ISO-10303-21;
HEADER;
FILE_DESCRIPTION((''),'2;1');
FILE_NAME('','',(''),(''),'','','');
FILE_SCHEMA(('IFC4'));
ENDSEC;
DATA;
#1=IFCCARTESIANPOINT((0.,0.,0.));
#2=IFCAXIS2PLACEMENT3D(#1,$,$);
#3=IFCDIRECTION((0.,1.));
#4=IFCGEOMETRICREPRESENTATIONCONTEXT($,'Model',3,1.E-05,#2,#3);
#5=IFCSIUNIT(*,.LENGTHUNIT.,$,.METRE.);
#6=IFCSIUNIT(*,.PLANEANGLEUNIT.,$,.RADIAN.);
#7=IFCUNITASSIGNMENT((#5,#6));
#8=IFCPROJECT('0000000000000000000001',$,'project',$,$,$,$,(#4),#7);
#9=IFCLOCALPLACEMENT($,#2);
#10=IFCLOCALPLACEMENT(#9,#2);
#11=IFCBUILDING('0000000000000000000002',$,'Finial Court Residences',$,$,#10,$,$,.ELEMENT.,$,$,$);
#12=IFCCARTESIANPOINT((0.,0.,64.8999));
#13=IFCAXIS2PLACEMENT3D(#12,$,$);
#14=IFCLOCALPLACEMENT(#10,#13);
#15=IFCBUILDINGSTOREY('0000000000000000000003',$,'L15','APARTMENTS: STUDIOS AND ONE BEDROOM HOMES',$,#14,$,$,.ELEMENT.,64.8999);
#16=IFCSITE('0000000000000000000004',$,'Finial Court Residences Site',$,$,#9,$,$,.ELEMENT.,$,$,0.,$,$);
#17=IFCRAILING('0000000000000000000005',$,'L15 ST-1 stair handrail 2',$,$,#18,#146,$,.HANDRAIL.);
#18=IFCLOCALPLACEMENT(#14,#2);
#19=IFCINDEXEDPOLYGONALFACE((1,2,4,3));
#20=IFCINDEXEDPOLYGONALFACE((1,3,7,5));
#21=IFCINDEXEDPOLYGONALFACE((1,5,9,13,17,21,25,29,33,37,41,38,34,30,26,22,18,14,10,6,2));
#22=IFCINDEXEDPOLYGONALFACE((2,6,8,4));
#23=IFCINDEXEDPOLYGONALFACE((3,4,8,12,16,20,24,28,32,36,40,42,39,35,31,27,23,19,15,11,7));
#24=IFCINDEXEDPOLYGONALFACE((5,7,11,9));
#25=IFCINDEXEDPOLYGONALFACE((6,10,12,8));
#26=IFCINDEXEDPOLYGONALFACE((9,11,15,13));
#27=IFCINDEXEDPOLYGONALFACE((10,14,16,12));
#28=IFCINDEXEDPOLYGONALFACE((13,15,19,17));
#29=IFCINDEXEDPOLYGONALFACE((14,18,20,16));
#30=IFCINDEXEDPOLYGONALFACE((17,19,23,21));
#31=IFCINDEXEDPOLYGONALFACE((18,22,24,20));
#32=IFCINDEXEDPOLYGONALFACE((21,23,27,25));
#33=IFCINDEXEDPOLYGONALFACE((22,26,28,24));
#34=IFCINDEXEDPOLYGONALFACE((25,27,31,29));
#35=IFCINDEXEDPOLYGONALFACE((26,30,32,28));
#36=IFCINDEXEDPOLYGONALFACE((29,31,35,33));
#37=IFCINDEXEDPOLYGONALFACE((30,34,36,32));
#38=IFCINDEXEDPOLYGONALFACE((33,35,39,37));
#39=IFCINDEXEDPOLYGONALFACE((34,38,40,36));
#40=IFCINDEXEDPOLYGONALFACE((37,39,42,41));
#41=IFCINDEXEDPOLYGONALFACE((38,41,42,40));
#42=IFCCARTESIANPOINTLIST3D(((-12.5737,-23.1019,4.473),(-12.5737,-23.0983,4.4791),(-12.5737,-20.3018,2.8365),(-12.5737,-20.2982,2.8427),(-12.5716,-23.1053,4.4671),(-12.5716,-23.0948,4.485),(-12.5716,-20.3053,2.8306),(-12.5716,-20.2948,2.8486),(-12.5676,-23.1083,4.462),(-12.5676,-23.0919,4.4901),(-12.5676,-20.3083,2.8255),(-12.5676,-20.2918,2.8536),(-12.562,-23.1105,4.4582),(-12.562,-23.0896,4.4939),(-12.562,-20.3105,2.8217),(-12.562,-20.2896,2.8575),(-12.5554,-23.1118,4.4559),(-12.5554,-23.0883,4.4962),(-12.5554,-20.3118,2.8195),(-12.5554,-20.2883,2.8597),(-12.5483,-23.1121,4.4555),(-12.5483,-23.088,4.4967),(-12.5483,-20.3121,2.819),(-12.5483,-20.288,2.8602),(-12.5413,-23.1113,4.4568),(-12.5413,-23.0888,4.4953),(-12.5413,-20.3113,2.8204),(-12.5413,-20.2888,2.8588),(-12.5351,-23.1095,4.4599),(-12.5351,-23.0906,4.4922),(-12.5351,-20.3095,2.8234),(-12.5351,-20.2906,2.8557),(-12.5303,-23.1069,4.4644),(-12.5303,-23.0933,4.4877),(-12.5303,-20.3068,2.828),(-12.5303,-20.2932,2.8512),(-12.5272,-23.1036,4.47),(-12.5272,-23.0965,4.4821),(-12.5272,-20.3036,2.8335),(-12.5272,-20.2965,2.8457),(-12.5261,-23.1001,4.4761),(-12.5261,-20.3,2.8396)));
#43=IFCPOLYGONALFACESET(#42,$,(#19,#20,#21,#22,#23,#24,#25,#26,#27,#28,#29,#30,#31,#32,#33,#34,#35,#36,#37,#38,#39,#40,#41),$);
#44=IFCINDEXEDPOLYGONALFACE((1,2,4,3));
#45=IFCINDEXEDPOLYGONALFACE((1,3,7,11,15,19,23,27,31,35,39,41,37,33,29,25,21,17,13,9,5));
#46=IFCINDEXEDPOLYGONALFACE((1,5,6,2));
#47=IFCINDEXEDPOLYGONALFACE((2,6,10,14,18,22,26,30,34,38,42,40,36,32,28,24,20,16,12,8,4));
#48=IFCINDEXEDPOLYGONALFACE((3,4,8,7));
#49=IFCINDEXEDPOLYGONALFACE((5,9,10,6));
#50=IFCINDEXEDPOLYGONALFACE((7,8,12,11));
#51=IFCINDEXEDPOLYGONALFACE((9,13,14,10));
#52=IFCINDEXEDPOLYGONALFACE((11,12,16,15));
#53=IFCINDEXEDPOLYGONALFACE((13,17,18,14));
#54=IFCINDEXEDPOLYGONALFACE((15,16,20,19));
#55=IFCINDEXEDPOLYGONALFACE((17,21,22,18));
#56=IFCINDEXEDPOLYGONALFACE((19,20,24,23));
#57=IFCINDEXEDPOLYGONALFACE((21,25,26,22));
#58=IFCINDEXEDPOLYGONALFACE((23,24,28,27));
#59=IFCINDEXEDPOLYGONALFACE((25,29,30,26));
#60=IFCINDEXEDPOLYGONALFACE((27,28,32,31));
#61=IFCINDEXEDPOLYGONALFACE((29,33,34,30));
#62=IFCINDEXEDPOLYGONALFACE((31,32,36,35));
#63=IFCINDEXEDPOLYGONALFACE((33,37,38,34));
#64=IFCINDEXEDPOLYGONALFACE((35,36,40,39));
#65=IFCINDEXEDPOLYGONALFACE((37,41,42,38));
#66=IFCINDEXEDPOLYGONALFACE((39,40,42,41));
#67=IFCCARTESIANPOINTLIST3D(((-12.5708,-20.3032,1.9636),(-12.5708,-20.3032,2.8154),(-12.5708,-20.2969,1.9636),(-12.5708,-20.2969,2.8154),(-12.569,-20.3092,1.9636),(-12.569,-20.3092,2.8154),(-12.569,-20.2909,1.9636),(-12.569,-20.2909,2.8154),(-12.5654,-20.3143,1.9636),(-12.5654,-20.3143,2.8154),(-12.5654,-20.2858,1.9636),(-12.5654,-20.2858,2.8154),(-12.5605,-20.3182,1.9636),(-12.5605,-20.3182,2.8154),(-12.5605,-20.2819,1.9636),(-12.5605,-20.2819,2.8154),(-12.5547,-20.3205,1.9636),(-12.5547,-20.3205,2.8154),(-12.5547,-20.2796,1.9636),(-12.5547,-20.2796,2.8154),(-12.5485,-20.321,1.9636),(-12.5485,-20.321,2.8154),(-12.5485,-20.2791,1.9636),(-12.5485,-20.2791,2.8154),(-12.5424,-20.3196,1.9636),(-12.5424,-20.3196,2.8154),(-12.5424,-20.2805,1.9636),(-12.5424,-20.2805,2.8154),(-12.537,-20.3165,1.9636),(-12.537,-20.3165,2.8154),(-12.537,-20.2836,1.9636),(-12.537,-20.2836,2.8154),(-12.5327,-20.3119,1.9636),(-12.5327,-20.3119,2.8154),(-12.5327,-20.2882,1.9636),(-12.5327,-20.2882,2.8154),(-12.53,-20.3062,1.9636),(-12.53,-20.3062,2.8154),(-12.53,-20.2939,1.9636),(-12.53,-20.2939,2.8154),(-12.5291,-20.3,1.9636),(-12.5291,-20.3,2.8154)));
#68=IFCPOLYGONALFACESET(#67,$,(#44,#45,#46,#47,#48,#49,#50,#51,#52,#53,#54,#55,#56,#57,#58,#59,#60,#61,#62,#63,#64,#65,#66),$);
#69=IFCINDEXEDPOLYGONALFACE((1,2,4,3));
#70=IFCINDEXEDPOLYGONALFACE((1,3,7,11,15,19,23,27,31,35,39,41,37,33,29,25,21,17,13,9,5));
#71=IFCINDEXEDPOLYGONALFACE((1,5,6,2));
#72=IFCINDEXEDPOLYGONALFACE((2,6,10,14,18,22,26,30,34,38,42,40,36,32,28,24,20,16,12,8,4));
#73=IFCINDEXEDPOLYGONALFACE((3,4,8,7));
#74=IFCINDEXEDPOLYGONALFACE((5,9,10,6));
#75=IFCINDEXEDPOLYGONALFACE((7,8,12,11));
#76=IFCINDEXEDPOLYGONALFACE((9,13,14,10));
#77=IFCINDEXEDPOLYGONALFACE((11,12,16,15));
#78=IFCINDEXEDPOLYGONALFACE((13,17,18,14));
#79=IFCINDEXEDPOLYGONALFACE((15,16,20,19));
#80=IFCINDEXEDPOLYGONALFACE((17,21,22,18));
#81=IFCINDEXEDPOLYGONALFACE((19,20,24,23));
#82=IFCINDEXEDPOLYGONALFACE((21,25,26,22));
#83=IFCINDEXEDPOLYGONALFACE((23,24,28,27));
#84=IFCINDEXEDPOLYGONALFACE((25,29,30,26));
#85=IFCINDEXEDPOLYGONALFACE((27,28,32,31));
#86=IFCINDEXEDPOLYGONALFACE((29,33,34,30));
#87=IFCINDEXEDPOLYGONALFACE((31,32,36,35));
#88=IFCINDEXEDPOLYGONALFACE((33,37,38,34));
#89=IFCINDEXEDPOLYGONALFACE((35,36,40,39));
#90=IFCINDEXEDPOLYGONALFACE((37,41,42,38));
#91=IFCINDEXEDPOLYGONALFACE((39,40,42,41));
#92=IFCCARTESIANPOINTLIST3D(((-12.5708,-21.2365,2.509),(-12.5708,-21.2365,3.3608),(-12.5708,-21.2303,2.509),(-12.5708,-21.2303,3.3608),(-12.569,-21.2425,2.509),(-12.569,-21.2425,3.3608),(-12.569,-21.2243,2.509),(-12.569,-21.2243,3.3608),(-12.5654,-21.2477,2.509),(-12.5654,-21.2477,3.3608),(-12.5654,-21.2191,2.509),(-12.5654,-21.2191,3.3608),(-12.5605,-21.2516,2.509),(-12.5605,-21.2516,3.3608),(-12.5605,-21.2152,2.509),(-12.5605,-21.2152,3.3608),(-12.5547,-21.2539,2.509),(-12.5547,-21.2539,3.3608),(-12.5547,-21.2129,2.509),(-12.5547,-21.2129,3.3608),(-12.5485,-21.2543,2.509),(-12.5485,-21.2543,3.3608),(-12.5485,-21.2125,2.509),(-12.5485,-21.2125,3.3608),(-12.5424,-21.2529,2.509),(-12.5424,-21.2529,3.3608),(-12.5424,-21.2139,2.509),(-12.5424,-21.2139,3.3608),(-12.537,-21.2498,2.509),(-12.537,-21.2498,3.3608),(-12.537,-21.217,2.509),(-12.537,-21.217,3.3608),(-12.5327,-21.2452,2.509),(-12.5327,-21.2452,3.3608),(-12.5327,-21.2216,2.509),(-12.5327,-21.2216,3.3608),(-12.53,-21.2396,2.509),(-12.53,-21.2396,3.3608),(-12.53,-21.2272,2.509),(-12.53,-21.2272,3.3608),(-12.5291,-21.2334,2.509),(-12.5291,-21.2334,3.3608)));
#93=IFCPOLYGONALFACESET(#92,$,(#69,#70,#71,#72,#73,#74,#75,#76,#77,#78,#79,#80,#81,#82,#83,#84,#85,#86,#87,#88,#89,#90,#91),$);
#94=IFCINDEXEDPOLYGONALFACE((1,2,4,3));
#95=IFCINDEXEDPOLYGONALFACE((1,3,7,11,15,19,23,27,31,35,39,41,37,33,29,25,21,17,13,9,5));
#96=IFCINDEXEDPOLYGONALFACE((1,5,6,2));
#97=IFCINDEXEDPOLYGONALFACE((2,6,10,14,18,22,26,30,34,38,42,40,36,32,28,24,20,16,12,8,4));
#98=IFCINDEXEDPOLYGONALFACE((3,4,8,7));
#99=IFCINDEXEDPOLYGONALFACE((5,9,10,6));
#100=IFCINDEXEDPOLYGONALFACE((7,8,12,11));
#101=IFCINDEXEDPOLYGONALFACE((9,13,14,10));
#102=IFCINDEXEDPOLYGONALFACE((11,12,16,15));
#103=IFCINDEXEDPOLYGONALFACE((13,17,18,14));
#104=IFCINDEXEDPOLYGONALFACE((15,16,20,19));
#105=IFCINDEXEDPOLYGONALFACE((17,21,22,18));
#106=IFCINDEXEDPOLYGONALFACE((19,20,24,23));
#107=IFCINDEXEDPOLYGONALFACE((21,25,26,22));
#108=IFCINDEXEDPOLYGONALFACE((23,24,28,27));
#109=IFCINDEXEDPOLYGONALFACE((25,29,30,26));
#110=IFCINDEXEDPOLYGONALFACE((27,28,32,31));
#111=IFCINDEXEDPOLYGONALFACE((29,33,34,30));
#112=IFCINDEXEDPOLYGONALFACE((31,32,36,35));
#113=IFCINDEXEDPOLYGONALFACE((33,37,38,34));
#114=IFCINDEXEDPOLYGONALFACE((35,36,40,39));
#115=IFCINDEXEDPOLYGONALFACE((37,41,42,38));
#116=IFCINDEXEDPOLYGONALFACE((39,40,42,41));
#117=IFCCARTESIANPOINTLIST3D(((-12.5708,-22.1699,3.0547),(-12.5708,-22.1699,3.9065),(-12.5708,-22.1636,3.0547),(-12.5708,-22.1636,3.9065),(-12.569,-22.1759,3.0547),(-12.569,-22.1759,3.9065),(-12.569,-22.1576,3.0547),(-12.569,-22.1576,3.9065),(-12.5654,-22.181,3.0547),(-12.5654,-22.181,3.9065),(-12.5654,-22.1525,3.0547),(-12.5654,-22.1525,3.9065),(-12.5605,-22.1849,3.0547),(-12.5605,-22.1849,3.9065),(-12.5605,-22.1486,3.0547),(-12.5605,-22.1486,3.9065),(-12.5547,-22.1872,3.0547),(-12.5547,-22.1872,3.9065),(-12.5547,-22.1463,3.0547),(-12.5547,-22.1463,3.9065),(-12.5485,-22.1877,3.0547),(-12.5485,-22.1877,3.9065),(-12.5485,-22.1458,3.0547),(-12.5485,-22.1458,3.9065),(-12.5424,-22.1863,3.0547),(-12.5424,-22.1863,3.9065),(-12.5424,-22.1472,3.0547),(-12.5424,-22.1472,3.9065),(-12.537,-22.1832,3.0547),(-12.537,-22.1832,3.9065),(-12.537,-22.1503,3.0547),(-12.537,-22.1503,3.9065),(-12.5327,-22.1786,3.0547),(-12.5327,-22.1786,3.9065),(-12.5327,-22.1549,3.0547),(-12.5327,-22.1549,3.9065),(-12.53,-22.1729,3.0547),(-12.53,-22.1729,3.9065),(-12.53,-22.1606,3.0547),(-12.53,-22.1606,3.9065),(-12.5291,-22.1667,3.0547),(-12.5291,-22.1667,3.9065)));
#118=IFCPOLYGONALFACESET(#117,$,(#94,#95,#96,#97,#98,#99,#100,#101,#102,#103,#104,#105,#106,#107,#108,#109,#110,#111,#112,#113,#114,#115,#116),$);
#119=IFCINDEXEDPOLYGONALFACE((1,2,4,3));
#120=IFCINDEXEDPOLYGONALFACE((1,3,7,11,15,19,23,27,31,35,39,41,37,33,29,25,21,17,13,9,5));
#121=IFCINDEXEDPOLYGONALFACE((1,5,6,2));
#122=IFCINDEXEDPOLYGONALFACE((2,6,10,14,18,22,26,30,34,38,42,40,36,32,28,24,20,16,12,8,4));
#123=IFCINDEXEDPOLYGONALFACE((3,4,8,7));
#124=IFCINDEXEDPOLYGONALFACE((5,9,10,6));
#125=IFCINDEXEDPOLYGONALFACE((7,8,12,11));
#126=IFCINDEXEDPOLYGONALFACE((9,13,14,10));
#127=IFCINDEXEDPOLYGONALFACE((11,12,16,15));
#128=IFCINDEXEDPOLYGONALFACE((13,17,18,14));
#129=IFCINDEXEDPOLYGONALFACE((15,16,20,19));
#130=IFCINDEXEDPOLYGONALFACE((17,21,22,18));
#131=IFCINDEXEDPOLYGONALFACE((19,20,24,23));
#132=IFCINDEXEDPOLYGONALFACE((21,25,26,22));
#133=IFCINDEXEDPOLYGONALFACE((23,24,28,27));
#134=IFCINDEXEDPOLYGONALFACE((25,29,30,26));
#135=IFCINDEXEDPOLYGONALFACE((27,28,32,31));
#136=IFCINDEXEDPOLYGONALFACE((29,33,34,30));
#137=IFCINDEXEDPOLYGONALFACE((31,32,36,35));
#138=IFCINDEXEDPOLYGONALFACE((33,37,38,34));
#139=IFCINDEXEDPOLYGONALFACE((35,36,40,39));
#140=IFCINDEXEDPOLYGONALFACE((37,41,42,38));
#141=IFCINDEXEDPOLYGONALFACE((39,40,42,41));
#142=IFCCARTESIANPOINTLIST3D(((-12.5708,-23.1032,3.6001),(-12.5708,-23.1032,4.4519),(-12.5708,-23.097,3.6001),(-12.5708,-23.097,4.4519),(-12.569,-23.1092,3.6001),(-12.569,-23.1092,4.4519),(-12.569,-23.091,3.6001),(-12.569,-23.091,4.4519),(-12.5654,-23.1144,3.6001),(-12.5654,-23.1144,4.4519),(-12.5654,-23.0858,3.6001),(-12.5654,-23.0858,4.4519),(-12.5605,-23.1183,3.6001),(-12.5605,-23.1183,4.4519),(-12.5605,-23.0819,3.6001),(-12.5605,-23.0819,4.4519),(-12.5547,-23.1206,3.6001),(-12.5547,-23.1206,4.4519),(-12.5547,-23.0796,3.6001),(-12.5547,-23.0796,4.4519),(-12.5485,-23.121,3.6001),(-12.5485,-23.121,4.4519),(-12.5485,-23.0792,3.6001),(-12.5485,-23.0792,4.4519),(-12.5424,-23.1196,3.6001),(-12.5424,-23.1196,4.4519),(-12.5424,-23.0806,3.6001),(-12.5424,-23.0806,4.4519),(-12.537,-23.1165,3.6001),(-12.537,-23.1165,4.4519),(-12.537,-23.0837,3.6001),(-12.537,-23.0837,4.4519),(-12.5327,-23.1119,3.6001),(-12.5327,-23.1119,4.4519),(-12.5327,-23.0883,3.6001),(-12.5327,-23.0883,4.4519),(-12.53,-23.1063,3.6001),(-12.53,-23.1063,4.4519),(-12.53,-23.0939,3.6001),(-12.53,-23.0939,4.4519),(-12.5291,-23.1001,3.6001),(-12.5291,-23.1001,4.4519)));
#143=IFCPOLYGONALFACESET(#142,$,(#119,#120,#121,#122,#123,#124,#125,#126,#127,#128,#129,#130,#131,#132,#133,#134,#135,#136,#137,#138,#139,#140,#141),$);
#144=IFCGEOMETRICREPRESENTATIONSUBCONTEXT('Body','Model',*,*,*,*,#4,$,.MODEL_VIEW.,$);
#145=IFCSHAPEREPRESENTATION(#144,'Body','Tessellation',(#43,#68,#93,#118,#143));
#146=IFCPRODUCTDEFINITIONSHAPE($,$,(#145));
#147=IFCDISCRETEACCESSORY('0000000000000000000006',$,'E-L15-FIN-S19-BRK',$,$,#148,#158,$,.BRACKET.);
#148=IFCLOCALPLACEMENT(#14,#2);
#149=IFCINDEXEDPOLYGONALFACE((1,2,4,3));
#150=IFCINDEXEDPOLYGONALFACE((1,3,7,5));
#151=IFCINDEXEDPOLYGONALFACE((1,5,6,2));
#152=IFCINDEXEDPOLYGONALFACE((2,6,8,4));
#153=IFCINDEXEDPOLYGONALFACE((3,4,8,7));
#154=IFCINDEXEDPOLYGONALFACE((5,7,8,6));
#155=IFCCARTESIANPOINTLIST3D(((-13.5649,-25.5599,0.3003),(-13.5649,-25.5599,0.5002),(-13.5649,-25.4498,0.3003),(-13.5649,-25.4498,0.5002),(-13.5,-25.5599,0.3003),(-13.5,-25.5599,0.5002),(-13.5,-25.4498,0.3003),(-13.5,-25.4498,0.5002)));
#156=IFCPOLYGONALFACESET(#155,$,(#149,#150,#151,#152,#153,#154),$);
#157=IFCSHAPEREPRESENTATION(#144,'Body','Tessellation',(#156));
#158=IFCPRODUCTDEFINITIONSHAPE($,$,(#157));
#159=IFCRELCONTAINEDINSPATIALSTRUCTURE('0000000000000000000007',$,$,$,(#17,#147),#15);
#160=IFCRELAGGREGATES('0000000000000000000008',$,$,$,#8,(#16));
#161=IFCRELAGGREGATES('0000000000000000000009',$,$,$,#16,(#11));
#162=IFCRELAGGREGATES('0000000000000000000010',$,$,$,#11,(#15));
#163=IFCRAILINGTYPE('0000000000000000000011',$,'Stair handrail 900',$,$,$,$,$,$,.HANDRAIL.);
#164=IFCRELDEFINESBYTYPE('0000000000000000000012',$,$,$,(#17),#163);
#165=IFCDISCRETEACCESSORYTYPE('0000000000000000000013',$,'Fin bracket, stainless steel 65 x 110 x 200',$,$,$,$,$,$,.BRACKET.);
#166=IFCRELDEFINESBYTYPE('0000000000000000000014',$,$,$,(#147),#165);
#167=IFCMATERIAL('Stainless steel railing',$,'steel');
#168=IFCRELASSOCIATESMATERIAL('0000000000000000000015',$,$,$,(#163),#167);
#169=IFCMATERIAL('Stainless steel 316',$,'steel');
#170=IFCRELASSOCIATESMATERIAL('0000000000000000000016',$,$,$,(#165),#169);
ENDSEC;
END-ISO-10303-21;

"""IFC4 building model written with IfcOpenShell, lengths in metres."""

from ifc_helpers import new_model, si_unit, direction, frame, origin, origin_2d, place, context, subcontext, project, spatial, rectangle, circle, extrude, material, type_object, element, save


model = new_model("IFC4")

# Units and contexts
model_context = context("Model", 3, precision=1e-05, world=origin(), true_north=direction((0.0, 1.0)))
body_context = subcontext(model_context, "Body", "Model", "MODEL_VIEW")
ifc_project = project(units=[si_unit("LENGTHUNIT", "METRE"), si_unit("PLANEANGLEUNIT", "RADIAN")], contexts=[model_context])

# Site, building, storey
site_placement = place(None, origin())
site = spatial("IfcSite", under=ifc_project, at=site_placement, Name="Finial Court Residences Site", CompositionType="ELEMENT", RefElevation=0.0)
building_placement = place(site_placement, origin())
building = spatial("IfcBuilding", under=site, at=building_placement, Name="Finial Court Residences", CompositionType="ELEMENT")
storey_placement = place(building_placement, frame((0.0, 0.0, 64.8999)))
storey = spatial("IfcBuildingStorey", under=building, at=storey_placement, Name="L15", Description="APARTMENTS: STUDIOS AND ONE BEDROOM HOMES", CompositionType="ELEMENT", Elevation=64.8999)

# Railing
ifc_material_1 = material(Name="Stainless steel railing", Category="steel")
railing_type_1 = type_object("IfcRailingType", Name="Stair handrail 900", PredefinedType="HANDRAIL", material=ifc_material_1)
railing_1_placement = place(storey_placement, frame((-12.55, -20.3, 1.9636)))
element("IfcRailing", 1, at=railing_1_placement, inside=storey, type_object=railing_type_1, Name="L15 ST-1 stair handrail 2", PredefinedType="HANDRAIL", context=body_context, shape_type="SweptSolid", body=[
    extrude(circle(Radius=0.0239, at=origin_2d()), frame((0.0, 0.0, 0.876), z_axis=(0.0, -0.863361, 0.504587), x_axis=(1.0, 0.0, 0.0)), (0.0, 0.0, 1.0), 3.2432),
    extrude(circle(Radius=0.021, at=origin_2d()), origin(), (0.0, 0.0, 1.0), 0.8518),
    extrude(circle(Radius=0.021, at=origin_2d()), frame((0.0, -0.9333, 0.5454)), (0.0, 0.0, 1.0), 0.8518),
    extrude(circle(Radius=0.021, at=origin_2d()), frame((0.0, -1.8667, 1.0911)), (0.0, 0.0, 1.0), 0.8518),
    extrude(circle(Radius=0.021, at=origin_2d()), frame((0.0, -2.8, 1.6365)), (0.0, 0.0, 1.0), 0.8518),
])

# Discrete accessory
ifc_material_2 = material(Name="Stainless steel 316", Category="steel")
discrete_accessory_type = type_object("IfcDiscreteAccessoryType", Name="Fin bracket, stainless steel 65 x 110 x 200", PredefinedType="BRACKET", material=ifc_material_2)
discrete_accessory_placement = place(storey_placement, frame((-13.5325, -25.5049, 0.3003), z_axis=(0.0, 0.0, 1.0), x_axis=(1.0, 0.0, 0.0)))
element("IfcDiscreteAccessory", 2, at=discrete_accessory_placement, inside=storey, type_object=discrete_accessory_type, Name="E-L15-FIN-S19-BRK", PredefinedType="BRACKET", context=body_context, shape_type="SweptSolid", body=[
    extrude(rectangle(XDim=0.0649, YDim=0.1101, at=origin_2d()), origin(), (0.0, 0.0, 1.0), 0.2),
])

save(model, "model.ifc")
